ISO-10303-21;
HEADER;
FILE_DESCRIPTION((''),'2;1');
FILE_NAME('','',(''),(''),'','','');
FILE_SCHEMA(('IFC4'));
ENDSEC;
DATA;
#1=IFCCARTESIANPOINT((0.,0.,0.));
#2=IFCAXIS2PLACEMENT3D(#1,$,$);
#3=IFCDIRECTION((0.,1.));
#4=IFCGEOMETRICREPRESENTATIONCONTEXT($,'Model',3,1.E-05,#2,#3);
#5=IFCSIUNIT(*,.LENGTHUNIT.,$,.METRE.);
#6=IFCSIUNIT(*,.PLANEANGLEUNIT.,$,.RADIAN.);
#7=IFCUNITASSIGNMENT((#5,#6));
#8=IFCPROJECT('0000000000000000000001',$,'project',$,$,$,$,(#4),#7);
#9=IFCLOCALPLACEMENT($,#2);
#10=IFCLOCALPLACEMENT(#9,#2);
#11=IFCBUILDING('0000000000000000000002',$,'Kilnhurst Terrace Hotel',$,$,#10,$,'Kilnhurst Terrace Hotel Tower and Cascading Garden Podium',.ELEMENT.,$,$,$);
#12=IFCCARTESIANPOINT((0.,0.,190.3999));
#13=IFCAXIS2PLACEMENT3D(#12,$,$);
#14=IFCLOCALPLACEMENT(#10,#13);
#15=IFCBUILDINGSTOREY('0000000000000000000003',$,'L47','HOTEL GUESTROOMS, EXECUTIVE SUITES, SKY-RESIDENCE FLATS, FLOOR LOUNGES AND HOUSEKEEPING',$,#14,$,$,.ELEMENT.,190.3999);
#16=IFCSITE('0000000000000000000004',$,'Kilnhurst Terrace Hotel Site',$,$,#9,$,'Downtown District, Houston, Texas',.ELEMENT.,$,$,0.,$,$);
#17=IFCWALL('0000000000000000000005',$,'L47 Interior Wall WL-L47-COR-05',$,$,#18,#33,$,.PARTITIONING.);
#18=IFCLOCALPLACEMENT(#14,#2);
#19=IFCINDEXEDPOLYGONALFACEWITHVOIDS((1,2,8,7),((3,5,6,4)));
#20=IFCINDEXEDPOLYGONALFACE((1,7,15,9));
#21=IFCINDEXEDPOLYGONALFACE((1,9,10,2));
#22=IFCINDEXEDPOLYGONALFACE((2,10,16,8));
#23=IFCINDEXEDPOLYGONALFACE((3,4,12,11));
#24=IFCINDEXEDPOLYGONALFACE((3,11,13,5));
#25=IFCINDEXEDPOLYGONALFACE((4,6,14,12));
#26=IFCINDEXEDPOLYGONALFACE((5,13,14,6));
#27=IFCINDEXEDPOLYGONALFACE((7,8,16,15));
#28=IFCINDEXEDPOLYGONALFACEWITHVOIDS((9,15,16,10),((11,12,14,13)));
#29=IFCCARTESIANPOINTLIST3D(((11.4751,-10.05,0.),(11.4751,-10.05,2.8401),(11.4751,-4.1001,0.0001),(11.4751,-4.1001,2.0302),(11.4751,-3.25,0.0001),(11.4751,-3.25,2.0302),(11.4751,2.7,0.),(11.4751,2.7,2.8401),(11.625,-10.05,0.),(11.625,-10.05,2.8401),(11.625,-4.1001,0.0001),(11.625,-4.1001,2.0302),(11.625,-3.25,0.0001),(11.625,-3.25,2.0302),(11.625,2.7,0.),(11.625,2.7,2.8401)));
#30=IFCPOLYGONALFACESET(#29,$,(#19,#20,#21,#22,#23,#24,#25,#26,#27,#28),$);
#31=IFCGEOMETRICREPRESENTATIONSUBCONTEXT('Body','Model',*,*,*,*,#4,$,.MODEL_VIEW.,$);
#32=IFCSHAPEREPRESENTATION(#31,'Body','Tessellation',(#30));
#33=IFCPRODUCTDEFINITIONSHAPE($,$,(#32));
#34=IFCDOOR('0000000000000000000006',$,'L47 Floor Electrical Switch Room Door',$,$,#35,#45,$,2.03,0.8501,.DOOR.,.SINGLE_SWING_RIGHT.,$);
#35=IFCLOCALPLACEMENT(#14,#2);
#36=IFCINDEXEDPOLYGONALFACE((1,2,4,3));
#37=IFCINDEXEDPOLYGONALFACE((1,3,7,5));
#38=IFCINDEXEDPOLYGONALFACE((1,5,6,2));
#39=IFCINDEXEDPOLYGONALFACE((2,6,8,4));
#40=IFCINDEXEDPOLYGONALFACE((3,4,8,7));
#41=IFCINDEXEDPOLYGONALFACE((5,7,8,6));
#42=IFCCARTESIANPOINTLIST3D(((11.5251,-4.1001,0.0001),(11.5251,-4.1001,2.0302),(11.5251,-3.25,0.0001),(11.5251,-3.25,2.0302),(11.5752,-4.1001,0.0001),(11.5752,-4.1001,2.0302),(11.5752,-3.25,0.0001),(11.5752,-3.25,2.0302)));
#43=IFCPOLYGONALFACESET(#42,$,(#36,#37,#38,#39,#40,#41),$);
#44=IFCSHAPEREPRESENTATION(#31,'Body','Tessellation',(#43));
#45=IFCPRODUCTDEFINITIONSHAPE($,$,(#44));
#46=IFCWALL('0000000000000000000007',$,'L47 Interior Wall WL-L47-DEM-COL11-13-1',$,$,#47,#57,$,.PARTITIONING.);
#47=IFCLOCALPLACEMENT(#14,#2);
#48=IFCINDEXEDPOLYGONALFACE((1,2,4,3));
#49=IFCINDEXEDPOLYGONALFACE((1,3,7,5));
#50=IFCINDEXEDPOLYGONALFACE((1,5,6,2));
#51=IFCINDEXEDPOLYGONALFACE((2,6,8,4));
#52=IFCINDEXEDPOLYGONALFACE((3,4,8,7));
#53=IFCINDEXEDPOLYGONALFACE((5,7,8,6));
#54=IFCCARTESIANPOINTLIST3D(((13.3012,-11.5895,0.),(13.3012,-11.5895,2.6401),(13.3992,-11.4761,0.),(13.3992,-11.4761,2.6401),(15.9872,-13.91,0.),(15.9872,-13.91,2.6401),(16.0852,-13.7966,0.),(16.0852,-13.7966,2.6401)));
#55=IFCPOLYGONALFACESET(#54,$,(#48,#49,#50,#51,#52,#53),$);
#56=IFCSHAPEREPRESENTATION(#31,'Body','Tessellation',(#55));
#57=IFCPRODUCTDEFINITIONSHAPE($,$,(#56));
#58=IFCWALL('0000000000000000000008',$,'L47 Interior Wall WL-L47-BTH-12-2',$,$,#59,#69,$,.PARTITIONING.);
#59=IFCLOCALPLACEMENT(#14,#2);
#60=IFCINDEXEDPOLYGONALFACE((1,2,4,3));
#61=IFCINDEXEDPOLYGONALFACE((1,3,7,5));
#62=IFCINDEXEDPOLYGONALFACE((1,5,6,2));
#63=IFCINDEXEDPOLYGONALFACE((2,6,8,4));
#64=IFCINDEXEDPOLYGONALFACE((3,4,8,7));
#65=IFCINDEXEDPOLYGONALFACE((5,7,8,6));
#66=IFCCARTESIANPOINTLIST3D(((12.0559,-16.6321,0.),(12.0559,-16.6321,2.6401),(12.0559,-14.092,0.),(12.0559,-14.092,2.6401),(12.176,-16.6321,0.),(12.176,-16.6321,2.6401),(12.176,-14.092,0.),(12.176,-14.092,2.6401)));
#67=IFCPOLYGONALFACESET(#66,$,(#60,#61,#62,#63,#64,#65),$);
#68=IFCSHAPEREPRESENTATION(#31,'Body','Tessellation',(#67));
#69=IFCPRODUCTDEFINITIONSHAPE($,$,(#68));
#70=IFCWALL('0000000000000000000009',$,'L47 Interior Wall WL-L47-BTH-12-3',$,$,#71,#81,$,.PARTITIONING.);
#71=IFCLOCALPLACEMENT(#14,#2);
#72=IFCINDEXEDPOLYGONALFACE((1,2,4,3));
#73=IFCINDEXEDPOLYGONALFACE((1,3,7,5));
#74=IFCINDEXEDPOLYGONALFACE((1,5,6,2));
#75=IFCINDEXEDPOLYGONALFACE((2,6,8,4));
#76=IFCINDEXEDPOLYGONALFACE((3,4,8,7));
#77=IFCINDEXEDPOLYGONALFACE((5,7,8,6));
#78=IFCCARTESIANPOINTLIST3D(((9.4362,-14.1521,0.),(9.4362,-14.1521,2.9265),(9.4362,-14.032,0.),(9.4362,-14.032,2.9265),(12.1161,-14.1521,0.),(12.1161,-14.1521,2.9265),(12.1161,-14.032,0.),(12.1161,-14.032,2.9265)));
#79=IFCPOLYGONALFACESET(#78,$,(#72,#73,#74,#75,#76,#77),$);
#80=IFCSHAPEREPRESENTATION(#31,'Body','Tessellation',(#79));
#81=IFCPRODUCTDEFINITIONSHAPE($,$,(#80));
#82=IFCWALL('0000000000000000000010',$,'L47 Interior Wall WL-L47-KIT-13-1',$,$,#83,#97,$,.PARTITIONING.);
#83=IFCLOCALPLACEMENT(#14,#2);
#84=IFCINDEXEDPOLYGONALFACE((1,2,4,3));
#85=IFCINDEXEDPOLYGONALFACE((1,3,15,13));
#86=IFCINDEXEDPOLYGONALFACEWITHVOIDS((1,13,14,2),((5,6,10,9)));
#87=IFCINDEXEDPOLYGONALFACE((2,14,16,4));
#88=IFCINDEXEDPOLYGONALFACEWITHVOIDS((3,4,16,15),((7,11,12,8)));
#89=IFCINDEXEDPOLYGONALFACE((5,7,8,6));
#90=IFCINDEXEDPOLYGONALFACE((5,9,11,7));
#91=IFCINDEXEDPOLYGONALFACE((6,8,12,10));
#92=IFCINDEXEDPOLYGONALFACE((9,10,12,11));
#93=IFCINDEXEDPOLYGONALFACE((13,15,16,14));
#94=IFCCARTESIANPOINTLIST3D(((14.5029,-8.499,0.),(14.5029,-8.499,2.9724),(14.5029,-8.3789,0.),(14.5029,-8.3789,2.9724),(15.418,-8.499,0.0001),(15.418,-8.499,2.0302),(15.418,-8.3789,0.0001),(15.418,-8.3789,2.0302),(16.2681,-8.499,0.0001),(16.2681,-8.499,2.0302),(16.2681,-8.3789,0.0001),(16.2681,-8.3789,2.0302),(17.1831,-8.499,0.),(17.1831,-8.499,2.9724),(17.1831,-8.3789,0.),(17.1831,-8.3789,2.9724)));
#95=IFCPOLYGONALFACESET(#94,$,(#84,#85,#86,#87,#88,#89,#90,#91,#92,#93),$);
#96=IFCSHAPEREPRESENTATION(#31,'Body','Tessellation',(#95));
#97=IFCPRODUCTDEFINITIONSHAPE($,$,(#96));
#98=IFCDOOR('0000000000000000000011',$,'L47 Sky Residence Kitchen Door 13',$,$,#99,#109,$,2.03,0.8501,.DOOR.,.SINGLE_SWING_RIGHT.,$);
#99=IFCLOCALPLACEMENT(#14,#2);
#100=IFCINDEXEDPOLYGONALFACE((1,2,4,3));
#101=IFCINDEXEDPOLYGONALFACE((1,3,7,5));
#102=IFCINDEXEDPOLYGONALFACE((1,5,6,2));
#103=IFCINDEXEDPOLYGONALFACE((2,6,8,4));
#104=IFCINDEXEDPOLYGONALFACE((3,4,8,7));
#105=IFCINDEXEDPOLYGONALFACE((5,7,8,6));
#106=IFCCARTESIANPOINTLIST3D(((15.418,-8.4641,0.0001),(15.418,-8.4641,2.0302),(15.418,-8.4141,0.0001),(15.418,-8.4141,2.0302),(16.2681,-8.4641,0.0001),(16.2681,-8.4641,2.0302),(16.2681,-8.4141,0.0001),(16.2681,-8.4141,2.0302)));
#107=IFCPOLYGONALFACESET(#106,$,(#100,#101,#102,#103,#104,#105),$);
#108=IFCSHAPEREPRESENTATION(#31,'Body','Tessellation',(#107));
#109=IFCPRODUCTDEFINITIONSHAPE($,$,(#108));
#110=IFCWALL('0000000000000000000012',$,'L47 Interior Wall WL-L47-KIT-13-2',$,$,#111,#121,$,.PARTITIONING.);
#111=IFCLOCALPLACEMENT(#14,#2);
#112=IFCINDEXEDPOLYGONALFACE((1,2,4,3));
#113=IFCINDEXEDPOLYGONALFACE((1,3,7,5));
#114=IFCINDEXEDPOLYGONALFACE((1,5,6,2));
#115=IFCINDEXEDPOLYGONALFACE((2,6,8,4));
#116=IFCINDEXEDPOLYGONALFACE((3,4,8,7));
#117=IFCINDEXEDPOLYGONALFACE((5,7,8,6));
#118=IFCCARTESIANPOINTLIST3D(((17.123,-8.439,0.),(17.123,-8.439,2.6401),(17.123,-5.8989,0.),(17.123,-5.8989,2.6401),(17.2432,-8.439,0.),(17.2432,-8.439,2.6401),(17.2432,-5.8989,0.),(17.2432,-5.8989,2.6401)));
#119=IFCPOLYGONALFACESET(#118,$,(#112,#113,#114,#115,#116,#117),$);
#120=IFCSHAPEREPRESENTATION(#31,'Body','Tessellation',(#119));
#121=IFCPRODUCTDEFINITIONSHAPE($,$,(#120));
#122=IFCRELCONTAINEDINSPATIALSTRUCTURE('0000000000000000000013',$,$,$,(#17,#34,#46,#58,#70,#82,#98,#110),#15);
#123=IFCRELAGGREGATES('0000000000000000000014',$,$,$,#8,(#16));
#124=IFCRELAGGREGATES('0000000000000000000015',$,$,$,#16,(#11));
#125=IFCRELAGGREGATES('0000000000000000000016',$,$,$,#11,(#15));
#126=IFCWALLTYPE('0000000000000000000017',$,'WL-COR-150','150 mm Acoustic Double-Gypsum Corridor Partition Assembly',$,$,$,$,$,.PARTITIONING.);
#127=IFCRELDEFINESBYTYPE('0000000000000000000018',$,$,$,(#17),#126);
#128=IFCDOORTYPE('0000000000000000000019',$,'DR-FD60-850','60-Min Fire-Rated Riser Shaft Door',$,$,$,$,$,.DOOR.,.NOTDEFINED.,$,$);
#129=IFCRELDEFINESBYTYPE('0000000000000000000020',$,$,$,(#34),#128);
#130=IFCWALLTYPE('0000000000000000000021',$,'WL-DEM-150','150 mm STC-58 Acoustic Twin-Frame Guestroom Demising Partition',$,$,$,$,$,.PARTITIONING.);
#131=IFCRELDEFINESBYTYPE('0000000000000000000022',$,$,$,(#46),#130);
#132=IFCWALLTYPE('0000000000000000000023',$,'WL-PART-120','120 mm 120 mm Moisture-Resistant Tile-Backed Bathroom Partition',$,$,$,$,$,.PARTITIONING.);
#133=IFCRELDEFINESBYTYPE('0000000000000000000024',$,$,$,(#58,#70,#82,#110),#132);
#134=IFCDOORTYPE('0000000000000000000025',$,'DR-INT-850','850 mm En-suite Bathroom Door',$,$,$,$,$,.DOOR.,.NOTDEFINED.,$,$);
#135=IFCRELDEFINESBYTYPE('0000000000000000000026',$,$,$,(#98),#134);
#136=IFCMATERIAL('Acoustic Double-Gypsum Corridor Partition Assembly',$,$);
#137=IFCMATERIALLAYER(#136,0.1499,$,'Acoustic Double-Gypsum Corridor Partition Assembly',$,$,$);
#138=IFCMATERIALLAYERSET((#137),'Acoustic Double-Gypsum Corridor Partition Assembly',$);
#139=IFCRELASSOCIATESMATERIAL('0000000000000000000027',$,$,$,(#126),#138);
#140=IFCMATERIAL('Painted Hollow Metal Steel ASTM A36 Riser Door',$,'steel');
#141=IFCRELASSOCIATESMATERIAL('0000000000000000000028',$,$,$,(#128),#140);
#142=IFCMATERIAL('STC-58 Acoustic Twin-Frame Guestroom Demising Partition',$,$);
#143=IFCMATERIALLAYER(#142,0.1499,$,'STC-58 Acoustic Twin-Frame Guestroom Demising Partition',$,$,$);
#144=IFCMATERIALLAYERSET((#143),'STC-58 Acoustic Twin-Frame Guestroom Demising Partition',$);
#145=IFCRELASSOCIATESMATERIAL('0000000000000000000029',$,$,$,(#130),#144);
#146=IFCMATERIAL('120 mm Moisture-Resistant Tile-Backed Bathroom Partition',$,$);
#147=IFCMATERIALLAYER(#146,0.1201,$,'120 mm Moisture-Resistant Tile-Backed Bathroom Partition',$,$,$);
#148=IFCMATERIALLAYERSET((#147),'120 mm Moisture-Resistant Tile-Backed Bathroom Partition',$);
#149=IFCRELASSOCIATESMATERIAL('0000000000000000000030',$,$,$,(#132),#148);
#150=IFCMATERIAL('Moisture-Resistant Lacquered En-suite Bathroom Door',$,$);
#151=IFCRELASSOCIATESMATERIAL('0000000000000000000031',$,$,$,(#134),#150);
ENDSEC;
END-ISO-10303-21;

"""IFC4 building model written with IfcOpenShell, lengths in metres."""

from ifc_helpers import new_model, si_unit, direction, frame, frame_2d, origin, place, context, subcontext, project, spatial, rectangle, extrude, material, layer, layer_set, type_object, element, fill, save


model = new_model("IFC4")

# Units and contexts
model_context = context("Model", 3, precision=1e-05, world=origin(), true_north=direction((0.0, 1.0)))
body_context = subcontext(model_context, "Body", "Model", "MODEL_VIEW")
ifc_project = project(units=[si_unit("LENGTHUNIT", "METRE"), si_unit("PLANEANGLEUNIT", "RADIAN")], contexts=[model_context])

# Site, building, storey
site_placement = place(None, origin())
site = spatial("IfcSite", under=ifc_project, at=site_placement, Name="Kilnhurst Terrace Hotel Site", LongName="Downtown District, Houston, Texas", CompositionType="ELEMENT", RefElevation=0.0)
building_placement = place(site_placement, origin())
building = spatial("IfcBuilding", under=site, at=building_placement, Name="Kilnhurst Terrace Hotel", LongName="Kilnhurst Terrace Hotel Tower and Cascading Garden Podium", CompositionType="ELEMENT")
storey_placement = place(building_placement, frame((0.0, 0.0, 190.3999)))
storey = spatial("IfcBuildingStorey", under=building, at=storey_placement, Name="L47", Description="HOTEL GUESTROOMS, EXECUTIVE SUITES, SKY-RESIDENCE FLATS, FLOOR LOUNGES AND HOUSEKEEPING", CompositionType="ELEMENT", Elevation=190.3999)

# Shared definitions
ifc_material_1 = material(Name="Acoustic Double-Gypsum Corridor Partition Assembly")
ifc_layer_1 = layer(ifc_material_1, 0.1499, Name="Acoustic Double-Gypsum Corridor Partition Assembly")
ifc_layer_set_1 = layer_set([ifc_layer_1], Name="Acoustic Double-Gypsum Corridor Partition Assembly")
wall_type_1 = type_object("IfcWallType", Name="WL-COR-150", Description="150 mm Acoustic Double-Gypsum Corridor Partition Assembly", PredefinedType="PARTITIONING", material=ifc_layer_set_1)

# Wall, opening, door
wall_1_placement = place(storey_placement, frame((11.55, -10.05, 0.0), z_axis=(0.0, 0.0, 1.0), x_axis=(0.0, 1.0, 0.0)))
wall_1 = element("IfcWall", 1, at=wall_1_placement, inside=storey, type_object=wall_type_1, Name="L47 Interior Wall WL-L47-COR-05", PredefinedType="PARTITIONING", context=body_context, shape_type="SweptSolid", body=[
    extrude(rectangle(XDim=12.75, YDim=0.1499, at=frame_2d((6.375, 0.0))), origin(), (0.0, 0.0, 1.0), 2.8401),
])
opening_1_placement = place(wall_1_placement, frame((5.95, 0.0, 0.0)))
opening_1 = element("IfcOpeningElement", 2, at=opening_1_placement, cuts=wall_1, PredefinedType="OPENING", context=body_context, shape_type="SweptSolid", body=[
    extrude(rectangle(XDim=0.8501, YDim=2.03, at=frame_2d((0.425, 1.0151))), frame((0.0, 0.085, 0.0), z_axis=(0.0, -1.0, 0.0), x_axis=(1.0, 0.0, 0.0)), (0.0, 0.0, 1.0), 0.1699),
])
ifc_material_2 = material(Name="Painted Hollow Metal Steel ASTM A36 Riser Door", Category="steel")
door_type_1 = type_object("IfcDoorType", Name="DR-FD60-850", Description="60-Min Fire-Rated Riser Shaft Door", OperationType="NOTDEFINED", PredefinedType="DOOR", material=ifc_material_2)
door_1_placement = place(opening_1_placement, origin())
door_1 = element("IfcDoor", 3, at=door_1_placement, inside=storey, type_object=door_type_1, Name="L47 Floor Electrical Switch Room Door", OperationType="SINGLE_SWING_RIGHT", OverallHeight=2.03, OverallWidth=0.8501, PredefinedType="DOOR", context=body_context, shape_type="SweptSolid", body=[
    extrude(rectangle(XDim=0.8501, YDim=2.03, at=frame_2d((0.425, 1.0151))), frame((0.0, 0.0249, 0.0), z_axis=(0.0, -1.0, 0.0), x_axis=(1.0, 0.0, 0.0)), (0.0, 0.0, 1.0), 0.05),
])
fill(opening_1, door_1)

# Walls
ifc_material_3 = material(Name="STC-58 Acoustic Twin-Frame Guestroom Demising Partition")
ifc_layer_2 = layer(ifc_material_3, 0.1499, Name="STC-58 Acoustic Twin-Frame Guestroom Demising Partition")
ifc_layer_set_2 = layer_set([ifc_layer_2], Name="STC-58 Acoustic Twin-Frame Guestroom Demising Partition")
wall_type_2 = type_object("IfcWallType", Name="WL-DEM-150", Description="150 mm STC-58 Acoustic Twin-Frame Guestroom Demising Partition", PredefinedType="PARTITIONING", material=ifc_layer_set_2)
wall_2_placement = place(storey_placement, frame((13.3501, -11.5327, 0.0), z_axis=(0.0, 0.0, 1.0), x_axis=(0.756712, -0.653749, 0.0)))
element("IfcWall", 4, at=wall_2_placement, inside=storey, type_object=wall_type_2, Name="L47 Interior Wall WL-L47-DEM-COL11-13-1", PredefinedType="PARTITIONING", context=body_context, shape_type="SweptSolid", body=[
    extrude(rectangle(XDim=3.5496, YDim=0.1499, at=frame_2d((1.7749, 0.0))), origin(), (0.0, 0.0, 1.0), 2.6401),
])
ifc_material_4 = material(Name="120 mm Moisture-Resistant Tile-Backed Bathroom Partition")
ifc_layer_3 = layer(ifc_material_4, 0.1201, Name="120 mm Moisture-Resistant Tile-Backed Bathroom Partition")
ifc_layer_set_3 = layer_set([ifc_layer_3], Name="120 mm Moisture-Resistant Tile-Backed Bathroom Partition")
wall_type_3 = type_object("IfcWallType", Name="WL-PART-120", Description="120 mm 120 mm Moisture-Resistant Tile-Backed Bathroom Partition", PredefinedType="PARTITIONING", material=ifc_layer_set_3)
wall_3_placement = place(storey_placement, frame((12.116, -16.6321, 0.0), z_axis=(0.0, 0.0, 1.0), x_axis=(0.0, 1.0, 0.0)))
element("IfcWall", 5, at=wall_3_placement, inside=storey, type_object=wall_type_3, Name="L47 Interior Wall WL-L47-BTH-12-2", PredefinedType="PARTITIONING", context=body_context, shape_type="SweptSolid", body=[
    extrude(rectangle(XDim=2.54, YDim=0.1201, at=frame_2d((1.27, 0.0))), origin(), (0.0, 0.0, 1.0), 2.6401),
])
wall_4_placement = place(storey_placement, frame((12.116, -14.092, 0.0), z_axis=(0.0, 0.0, 1.0), x_axis=(-1.0, 0.0, 0.0)))
element("IfcWall", 6, at=wall_4_placement, inside=storey, type_object=wall_type_3, Name="L47 Interior Wall WL-L47-BTH-12-3", PredefinedType="PARTITIONING", context=body_context, shape_type="SweptSolid", body=[
    extrude(rectangle(XDim=2.6799, YDim=0.1201, at=frame_2d((1.3398, 0.0))), origin(), (0.0, 0.0, 1.0), 2.9265),
])

# Wall, opening, door
wall_5_placement = place(storey_placement, frame((14.5029, -8.439, 0.0), z_axis=(0.0, 0.0, 1.0), x_axis=(1.0, 0.0, 0.0)))
wall_5 = element("IfcWall", 7, at=wall_5_placement, inside=storey, type_object=wall_type_3, Name="L47 Interior Wall WL-L47-KIT-13-1", PredefinedType="PARTITIONING", context=body_context, shape_type="SweptSolid", body=[
    extrude(rectangle(XDim=2.6802, YDim=0.1201, at=frame_2d((1.3401, 0.0))), origin(), (0.0, 0.0, 1.0), 2.9724),
])
opening_2_placement = place(wall_5_placement, frame((0.915, 0.0, 0.0)))
opening_2 = element("IfcOpeningElement", 8, at=opening_2_placement, cuts=wall_5, PredefinedType="OPENING", context=body_context, shape_type="SweptSolid", body=[
    extrude(rectangle(XDim=0.8501, YDim=2.03, at=frame_2d((0.425, 1.0151))), frame((0.0, 0.0701, 0.0), z_axis=(0.0, -1.0, 0.0), x_axis=(1.0, 0.0, 0.0)), (0.0, 0.0, 1.0), 0.1401),
])
ifc_material_5 = material(Name="Moisture-Resistant Lacquered En-suite Bathroom Door")
door_type_2 = type_object("IfcDoorType", Name="DR-INT-850", Description="850 mm En-suite Bathroom Door", OperationType="NOTDEFINED", PredefinedType="DOOR", material=ifc_material_5)
door_2_placement = place(opening_2_placement, origin())
door_2 = element("IfcDoor", 9, at=door_2_placement, inside=storey, type_object=door_type_2, Name="L47 Sky Residence Kitchen Door 13", OperationType="SINGLE_SWING_RIGHT", OverallHeight=2.03, OverallWidth=0.8501, PredefinedType="DOOR", context=body_context, shape_type="SweptSolid", body=[
    extrude(rectangle(XDim=0.8501, YDim=2.03, at=frame_2d((0.425, 1.0151))), frame((0.0, 0.0249, 0.0), z_axis=(0.0, -1.0, 0.0), x_axis=(1.0, 0.0, 0.0)), (0.0, 0.0, 1.0), 0.05),
])
fill(opening_2, door_2)

# Wall
wall_6_placement = place(storey_placement, frame((17.1831, -8.439, 0.0), z_axis=(0.0, 0.0, 1.0), x_axis=(0.0, 1.0, 0.0)))
element("IfcWall", 10, at=wall_6_placement, inside=storey, type_object=wall_type_3, Name="L47 Interior Wall WL-L47-KIT-13-2", PredefinedType="PARTITIONING", context=body_context, shape_type="SweptSolid", body=[
    extrude(rectangle(XDim=2.54, YDim=0.1201, at=frame_2d((1.27, 0.0))), origin(), (0.0, 0.0, 1.0), 2.6401),
])

save(model, "model.ifc")
